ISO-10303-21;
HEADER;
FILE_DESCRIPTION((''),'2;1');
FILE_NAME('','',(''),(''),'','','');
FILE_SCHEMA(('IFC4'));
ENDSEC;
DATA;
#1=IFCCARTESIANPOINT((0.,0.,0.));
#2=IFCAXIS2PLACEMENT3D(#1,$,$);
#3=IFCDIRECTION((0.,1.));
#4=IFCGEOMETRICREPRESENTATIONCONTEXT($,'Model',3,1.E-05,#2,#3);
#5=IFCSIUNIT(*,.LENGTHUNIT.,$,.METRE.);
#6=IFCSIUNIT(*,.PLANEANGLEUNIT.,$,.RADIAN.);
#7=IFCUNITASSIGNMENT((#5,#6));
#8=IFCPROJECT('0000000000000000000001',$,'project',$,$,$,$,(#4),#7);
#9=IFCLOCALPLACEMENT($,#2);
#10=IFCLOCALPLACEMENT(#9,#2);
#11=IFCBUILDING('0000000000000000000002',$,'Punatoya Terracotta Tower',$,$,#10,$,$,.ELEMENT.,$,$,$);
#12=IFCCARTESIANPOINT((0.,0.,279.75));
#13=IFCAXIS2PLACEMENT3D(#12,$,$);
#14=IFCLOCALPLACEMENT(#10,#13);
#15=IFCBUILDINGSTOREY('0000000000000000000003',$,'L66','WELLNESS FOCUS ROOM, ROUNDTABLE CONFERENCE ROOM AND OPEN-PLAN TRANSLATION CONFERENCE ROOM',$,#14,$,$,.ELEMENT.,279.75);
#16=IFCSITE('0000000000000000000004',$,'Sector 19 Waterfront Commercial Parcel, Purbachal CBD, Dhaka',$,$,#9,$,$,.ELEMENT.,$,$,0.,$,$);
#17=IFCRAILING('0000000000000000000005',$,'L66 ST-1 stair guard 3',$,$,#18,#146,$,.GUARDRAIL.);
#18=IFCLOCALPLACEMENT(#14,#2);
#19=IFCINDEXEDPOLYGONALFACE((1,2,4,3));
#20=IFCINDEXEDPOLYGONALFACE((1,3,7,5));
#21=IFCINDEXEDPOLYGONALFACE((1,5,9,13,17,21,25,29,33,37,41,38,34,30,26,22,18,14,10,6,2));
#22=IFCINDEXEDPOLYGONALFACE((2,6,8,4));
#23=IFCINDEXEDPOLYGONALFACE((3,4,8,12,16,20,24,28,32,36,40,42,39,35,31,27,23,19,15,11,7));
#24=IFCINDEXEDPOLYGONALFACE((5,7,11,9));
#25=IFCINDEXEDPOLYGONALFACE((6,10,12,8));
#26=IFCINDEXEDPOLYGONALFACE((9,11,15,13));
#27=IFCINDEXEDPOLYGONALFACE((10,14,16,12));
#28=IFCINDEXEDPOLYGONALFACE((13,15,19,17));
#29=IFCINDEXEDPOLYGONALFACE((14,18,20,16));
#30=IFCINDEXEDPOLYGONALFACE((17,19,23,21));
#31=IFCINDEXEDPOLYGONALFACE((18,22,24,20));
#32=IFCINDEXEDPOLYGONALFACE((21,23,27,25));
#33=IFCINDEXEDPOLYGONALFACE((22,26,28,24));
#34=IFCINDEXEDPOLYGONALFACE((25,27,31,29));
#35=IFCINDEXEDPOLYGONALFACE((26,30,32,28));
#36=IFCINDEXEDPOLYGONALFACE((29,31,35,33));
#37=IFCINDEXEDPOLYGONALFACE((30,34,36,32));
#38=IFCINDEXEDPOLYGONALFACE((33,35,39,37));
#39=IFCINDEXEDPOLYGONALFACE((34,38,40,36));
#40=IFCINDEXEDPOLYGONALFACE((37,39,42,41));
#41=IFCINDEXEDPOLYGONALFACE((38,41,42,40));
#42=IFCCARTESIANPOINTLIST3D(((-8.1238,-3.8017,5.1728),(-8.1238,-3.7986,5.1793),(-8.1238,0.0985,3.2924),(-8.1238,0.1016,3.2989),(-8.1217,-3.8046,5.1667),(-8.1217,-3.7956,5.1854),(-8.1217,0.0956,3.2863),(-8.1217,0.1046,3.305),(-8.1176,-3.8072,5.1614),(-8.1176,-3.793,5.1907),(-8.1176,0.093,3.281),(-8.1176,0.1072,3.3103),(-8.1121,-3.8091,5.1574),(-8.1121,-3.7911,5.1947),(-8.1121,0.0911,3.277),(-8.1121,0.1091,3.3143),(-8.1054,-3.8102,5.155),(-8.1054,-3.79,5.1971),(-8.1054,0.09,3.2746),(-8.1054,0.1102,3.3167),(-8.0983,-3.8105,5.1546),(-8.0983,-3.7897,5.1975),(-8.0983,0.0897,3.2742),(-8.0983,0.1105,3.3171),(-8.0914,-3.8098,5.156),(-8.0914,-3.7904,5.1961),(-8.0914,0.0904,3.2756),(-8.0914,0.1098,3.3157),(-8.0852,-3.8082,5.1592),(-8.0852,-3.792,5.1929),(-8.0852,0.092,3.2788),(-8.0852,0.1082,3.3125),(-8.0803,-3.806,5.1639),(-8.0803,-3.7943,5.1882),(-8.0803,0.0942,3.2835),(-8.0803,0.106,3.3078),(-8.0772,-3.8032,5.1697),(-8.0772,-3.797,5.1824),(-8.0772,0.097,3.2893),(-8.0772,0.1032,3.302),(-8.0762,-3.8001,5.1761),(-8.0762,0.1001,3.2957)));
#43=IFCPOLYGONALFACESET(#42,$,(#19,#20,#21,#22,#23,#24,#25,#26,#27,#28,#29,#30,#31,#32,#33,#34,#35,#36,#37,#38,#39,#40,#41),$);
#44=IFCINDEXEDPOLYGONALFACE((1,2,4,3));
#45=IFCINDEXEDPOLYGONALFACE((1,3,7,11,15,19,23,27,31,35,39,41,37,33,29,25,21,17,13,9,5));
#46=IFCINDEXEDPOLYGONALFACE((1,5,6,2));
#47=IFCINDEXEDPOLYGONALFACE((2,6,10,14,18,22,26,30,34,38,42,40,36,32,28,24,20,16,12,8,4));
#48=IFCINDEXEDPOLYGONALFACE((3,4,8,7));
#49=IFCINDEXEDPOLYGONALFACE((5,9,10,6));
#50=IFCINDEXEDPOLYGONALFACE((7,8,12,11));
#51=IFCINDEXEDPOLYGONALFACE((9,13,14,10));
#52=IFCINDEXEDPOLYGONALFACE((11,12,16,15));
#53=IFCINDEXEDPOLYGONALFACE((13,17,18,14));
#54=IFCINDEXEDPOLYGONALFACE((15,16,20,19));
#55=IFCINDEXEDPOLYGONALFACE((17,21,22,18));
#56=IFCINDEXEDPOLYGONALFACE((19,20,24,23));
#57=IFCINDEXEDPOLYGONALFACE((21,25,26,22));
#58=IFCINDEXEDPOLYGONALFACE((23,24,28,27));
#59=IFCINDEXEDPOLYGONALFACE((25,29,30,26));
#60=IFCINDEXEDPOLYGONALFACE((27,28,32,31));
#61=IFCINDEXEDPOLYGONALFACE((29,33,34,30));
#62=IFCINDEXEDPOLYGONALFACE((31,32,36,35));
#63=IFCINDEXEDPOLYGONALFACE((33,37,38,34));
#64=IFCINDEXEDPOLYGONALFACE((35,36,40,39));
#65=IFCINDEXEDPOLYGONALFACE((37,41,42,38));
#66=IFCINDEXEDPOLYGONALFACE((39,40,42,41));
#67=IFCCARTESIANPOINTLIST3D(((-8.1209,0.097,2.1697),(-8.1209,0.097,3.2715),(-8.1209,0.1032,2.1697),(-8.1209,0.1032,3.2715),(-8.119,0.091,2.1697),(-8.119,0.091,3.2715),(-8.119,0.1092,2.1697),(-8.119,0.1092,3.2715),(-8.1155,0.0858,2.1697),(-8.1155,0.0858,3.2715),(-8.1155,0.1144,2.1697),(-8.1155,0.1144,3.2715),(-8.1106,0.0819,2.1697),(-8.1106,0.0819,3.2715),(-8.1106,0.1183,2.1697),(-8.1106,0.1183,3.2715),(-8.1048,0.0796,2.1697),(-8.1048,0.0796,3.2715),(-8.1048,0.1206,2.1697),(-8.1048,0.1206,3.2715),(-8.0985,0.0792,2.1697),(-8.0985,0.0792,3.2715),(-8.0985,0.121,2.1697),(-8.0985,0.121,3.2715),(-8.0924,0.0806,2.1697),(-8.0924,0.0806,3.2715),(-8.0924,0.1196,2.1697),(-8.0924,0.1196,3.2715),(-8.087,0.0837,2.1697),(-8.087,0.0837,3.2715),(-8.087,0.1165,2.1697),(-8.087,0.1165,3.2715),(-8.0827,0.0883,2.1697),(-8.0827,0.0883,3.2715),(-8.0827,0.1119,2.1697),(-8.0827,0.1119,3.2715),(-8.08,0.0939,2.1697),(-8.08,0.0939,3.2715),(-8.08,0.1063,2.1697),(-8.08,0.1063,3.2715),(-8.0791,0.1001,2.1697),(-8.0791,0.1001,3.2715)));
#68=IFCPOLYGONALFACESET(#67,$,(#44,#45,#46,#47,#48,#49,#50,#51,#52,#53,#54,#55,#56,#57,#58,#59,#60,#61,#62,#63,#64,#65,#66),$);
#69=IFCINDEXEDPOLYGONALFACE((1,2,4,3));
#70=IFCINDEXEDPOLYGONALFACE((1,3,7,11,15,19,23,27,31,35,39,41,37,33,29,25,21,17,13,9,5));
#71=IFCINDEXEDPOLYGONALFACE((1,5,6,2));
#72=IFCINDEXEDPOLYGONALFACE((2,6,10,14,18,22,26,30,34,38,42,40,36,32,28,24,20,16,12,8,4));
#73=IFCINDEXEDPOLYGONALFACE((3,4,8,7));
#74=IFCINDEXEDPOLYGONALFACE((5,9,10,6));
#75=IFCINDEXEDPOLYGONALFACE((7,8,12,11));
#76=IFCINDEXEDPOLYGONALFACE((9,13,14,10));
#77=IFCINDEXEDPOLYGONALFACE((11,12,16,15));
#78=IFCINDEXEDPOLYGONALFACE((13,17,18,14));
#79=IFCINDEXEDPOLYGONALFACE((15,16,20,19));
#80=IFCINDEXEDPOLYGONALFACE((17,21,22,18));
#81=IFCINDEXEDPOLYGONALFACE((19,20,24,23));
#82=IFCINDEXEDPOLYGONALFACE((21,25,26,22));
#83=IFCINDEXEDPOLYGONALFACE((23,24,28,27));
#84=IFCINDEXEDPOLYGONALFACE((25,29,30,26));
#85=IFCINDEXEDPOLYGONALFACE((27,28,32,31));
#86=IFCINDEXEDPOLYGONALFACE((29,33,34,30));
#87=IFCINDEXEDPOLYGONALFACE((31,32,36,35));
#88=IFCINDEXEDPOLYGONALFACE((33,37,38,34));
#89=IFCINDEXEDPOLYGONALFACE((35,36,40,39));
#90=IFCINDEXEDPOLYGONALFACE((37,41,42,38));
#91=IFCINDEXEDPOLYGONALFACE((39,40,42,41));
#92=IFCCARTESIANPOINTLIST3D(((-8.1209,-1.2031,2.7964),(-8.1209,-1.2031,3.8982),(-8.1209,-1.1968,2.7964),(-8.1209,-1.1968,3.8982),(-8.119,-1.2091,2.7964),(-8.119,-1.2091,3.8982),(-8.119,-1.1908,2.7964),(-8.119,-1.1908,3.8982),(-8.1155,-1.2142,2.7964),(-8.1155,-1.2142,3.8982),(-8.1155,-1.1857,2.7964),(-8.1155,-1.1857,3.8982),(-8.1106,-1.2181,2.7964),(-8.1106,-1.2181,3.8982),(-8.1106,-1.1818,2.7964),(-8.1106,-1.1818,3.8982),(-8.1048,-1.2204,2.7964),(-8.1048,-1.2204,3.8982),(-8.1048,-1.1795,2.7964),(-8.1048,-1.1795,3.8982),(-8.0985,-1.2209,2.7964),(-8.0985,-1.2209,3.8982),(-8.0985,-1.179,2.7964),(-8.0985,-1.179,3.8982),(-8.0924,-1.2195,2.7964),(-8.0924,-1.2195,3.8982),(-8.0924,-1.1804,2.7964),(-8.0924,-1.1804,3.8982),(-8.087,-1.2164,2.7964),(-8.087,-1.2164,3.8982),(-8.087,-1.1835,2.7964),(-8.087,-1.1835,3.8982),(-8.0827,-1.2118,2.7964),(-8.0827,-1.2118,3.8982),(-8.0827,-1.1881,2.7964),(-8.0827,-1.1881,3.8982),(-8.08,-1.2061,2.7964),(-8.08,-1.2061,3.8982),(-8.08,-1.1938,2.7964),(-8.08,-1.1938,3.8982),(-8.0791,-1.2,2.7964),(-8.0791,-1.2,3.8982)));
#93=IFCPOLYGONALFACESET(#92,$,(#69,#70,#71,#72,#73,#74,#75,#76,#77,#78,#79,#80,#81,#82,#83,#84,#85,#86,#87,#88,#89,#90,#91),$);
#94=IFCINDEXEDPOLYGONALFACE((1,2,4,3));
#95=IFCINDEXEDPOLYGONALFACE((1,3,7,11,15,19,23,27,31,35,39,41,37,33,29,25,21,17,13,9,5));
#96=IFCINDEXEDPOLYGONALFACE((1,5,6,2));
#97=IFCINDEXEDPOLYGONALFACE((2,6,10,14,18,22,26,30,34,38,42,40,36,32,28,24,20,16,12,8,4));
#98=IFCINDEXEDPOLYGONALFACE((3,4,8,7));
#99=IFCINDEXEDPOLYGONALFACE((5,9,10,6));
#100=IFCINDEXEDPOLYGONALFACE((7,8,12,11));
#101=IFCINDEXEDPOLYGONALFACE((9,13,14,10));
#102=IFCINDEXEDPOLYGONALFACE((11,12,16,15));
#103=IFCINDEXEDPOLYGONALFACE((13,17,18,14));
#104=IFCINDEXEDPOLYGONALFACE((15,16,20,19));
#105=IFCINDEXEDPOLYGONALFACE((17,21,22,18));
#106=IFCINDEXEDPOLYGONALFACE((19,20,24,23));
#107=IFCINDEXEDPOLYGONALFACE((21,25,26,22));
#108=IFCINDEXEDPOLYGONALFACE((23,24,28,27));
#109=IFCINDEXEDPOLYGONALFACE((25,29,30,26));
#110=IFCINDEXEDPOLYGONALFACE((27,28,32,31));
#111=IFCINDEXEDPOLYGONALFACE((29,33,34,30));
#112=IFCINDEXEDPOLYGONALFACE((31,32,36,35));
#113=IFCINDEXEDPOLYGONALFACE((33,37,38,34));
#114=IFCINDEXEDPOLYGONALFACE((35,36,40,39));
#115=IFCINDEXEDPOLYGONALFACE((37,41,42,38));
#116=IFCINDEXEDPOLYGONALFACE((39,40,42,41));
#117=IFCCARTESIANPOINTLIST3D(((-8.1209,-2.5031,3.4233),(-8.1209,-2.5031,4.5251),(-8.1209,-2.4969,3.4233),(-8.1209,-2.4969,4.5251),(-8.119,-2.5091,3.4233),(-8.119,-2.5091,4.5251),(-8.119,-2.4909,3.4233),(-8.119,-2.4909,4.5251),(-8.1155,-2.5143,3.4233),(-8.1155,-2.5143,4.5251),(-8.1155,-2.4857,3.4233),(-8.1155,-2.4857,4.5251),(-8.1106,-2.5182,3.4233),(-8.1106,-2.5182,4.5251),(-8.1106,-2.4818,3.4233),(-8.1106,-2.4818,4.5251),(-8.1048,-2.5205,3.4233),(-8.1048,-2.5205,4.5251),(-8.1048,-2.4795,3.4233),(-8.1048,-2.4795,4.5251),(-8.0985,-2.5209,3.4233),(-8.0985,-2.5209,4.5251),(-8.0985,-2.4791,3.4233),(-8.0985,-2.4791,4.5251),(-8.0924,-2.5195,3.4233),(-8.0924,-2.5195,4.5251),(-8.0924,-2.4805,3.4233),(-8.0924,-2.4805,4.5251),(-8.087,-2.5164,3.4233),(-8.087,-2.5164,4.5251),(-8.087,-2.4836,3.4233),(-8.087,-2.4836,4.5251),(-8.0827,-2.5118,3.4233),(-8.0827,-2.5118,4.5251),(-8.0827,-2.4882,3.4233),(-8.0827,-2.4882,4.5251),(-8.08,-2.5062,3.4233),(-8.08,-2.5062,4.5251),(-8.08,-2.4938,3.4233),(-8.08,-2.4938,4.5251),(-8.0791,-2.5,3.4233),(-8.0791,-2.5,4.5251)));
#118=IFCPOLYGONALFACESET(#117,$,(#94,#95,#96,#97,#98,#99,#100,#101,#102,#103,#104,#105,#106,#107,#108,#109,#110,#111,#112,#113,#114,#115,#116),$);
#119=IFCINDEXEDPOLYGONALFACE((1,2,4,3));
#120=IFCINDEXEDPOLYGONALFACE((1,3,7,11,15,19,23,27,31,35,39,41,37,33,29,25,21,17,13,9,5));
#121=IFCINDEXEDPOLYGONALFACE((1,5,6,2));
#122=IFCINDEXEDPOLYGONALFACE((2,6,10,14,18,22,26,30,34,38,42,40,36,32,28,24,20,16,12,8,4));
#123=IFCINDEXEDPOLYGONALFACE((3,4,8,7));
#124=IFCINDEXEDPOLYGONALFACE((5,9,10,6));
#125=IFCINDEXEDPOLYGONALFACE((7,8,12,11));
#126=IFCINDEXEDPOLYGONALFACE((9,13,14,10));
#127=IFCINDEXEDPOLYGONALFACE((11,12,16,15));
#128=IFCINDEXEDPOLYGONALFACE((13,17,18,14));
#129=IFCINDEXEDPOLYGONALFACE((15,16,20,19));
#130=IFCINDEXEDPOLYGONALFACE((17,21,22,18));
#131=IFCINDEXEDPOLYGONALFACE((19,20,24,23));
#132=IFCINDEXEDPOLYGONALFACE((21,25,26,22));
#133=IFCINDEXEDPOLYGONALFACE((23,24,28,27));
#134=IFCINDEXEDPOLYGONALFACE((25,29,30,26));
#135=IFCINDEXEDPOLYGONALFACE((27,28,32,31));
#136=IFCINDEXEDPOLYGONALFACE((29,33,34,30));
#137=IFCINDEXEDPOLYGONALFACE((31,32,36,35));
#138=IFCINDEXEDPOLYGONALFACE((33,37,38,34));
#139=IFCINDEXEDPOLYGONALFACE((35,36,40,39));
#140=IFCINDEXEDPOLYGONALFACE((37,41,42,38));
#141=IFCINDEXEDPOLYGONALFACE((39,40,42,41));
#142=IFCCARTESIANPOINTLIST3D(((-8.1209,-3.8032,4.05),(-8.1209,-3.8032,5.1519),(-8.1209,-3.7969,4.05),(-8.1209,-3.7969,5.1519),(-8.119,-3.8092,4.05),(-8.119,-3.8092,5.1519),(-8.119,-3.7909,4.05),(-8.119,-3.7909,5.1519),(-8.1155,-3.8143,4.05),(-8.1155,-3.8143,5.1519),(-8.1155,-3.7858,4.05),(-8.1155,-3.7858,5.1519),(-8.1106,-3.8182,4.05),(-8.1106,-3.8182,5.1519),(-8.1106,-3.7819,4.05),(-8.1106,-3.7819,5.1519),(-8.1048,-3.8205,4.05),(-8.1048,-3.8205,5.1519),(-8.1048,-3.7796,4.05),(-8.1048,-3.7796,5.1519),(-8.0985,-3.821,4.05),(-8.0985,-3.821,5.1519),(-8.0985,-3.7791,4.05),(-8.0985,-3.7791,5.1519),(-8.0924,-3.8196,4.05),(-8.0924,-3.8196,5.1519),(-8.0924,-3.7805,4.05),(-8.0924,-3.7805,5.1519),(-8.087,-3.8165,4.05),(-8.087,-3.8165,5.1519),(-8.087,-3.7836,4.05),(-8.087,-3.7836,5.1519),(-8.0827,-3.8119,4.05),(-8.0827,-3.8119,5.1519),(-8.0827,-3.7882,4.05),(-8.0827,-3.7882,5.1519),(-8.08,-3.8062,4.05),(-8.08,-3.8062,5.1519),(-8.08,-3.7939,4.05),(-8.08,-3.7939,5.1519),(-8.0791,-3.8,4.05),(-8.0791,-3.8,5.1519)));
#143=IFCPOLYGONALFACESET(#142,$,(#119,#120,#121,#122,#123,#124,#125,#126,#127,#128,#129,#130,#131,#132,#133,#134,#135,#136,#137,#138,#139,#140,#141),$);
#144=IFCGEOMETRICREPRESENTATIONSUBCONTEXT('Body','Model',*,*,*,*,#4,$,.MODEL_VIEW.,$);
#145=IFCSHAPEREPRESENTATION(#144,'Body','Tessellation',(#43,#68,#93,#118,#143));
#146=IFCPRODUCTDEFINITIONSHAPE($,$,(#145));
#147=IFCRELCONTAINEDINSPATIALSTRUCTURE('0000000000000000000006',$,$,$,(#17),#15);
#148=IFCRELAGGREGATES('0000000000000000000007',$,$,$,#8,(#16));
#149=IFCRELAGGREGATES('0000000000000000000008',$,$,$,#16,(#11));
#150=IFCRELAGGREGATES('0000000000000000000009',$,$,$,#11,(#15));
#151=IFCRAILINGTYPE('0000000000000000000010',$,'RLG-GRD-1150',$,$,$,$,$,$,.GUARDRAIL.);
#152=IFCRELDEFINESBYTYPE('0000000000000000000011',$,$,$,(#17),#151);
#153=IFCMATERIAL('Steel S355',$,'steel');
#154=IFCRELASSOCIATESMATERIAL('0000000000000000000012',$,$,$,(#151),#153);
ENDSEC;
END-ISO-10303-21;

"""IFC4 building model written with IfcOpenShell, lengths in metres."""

from ifc_helpers import new_model, si_unit, direction, frame, origin, origin_2d, place, context, subcontext, project, spatial, circle, extrude, material, type_object, element, save


model = new_model("IFC4")

# Units and contexts
model_context = context("Model", 3, precision=1e-05, world=origin(), true_north=direction((0.0, 1.0)))
body_context = subcontext(model_context, "Body", "Model", "MODEL_VIEW")
ifc_project = project(units=[si_unit("LENGTHUNIT", "METRE"), si_unit("PLANEANGLEUNIT", "RADIAN")], contexts=[model_context])

# Site, building, storey
site_placement = place(None, origin())
site = spatial("IfcSite", under=ifc_project, at=site_placement, Name="Sector 19 Waterfront Commercial Parcel, Purbachal CBD, Dhaka", CompositionType="ELEMENT", RefElevation=0.0)
building_placement = place(site_placement, origin())
building = spatial("IfcBuilding", under=site, at=building_placement, Name="Punatoya Terracotta Tower", CompositionType="ELEMENT")
storey_placement = place(building_placement, frame((0.0, 0.0, 279.75)))
storey = spatial("IfcBuildingStorey", under=building, at=storey_placement, Name="L66", Description="WELLNESS FOCUS ROOM, ROUNDTABLE CONFERENCE ROOM AND OPEN-PLAN TRANSLATION CONFERENCE ROOM", CompositionType="ELEMENT", Elevation=279.75)

# Shared definitions
ifc_material_1 = material(Name="Steel S355", Category="steel")

# Railing
railing_type_1 = type_object("IfcRailingType", Name="RLG-GRD-1150", PredefinedType="GUARDRAIL", material=ifc_material_1)
railing_1_placement = place(storey_placement, frame((-8.1001, 0.1001, 2.1697)))
element("IfcRailing", 1, at=railing_1_placement, inside=storey, type_object=railing_type_1, Name="L66 ST-1 stair guard 3", PredefinedType="GUARDRAIL", context=body_context, shape_type="SweptSolid", body=[
    extrude(circle(Radius=0.0239, at=origin_2d()), frame((0.0, 0.0, 1.126), z_axis=(0.0, -0.900774, 0.434289), x_axis=(1.0, 0.0, 0.0)), (0.0, 0.0, 1.0), 4.3298),
    extrude(circle(Radius=0.021, at=origin_2d()), origin(), (0.0, 0.0, 1.0), 1.1018),
    extrude(circle(Radius=0.021, at=origin_2d()), frame((0.0, -1.3, 0.6267)), (0.0, 0.0, 1.0), 1.1018),
    extrude(circle(Radius=0.021, at=origin_2d()), frame((0.0, -2.6001, 1.2537)), (0.0, 0.0, 1.0), 1.1018),
    extrude(circle(Radius=0.021, at=origin_2d()), frame((0.0, -3.9001, 1.8804)), (0.0, 0.0, 1.0), 1.1018),
])

save(model, "model.ifc")
